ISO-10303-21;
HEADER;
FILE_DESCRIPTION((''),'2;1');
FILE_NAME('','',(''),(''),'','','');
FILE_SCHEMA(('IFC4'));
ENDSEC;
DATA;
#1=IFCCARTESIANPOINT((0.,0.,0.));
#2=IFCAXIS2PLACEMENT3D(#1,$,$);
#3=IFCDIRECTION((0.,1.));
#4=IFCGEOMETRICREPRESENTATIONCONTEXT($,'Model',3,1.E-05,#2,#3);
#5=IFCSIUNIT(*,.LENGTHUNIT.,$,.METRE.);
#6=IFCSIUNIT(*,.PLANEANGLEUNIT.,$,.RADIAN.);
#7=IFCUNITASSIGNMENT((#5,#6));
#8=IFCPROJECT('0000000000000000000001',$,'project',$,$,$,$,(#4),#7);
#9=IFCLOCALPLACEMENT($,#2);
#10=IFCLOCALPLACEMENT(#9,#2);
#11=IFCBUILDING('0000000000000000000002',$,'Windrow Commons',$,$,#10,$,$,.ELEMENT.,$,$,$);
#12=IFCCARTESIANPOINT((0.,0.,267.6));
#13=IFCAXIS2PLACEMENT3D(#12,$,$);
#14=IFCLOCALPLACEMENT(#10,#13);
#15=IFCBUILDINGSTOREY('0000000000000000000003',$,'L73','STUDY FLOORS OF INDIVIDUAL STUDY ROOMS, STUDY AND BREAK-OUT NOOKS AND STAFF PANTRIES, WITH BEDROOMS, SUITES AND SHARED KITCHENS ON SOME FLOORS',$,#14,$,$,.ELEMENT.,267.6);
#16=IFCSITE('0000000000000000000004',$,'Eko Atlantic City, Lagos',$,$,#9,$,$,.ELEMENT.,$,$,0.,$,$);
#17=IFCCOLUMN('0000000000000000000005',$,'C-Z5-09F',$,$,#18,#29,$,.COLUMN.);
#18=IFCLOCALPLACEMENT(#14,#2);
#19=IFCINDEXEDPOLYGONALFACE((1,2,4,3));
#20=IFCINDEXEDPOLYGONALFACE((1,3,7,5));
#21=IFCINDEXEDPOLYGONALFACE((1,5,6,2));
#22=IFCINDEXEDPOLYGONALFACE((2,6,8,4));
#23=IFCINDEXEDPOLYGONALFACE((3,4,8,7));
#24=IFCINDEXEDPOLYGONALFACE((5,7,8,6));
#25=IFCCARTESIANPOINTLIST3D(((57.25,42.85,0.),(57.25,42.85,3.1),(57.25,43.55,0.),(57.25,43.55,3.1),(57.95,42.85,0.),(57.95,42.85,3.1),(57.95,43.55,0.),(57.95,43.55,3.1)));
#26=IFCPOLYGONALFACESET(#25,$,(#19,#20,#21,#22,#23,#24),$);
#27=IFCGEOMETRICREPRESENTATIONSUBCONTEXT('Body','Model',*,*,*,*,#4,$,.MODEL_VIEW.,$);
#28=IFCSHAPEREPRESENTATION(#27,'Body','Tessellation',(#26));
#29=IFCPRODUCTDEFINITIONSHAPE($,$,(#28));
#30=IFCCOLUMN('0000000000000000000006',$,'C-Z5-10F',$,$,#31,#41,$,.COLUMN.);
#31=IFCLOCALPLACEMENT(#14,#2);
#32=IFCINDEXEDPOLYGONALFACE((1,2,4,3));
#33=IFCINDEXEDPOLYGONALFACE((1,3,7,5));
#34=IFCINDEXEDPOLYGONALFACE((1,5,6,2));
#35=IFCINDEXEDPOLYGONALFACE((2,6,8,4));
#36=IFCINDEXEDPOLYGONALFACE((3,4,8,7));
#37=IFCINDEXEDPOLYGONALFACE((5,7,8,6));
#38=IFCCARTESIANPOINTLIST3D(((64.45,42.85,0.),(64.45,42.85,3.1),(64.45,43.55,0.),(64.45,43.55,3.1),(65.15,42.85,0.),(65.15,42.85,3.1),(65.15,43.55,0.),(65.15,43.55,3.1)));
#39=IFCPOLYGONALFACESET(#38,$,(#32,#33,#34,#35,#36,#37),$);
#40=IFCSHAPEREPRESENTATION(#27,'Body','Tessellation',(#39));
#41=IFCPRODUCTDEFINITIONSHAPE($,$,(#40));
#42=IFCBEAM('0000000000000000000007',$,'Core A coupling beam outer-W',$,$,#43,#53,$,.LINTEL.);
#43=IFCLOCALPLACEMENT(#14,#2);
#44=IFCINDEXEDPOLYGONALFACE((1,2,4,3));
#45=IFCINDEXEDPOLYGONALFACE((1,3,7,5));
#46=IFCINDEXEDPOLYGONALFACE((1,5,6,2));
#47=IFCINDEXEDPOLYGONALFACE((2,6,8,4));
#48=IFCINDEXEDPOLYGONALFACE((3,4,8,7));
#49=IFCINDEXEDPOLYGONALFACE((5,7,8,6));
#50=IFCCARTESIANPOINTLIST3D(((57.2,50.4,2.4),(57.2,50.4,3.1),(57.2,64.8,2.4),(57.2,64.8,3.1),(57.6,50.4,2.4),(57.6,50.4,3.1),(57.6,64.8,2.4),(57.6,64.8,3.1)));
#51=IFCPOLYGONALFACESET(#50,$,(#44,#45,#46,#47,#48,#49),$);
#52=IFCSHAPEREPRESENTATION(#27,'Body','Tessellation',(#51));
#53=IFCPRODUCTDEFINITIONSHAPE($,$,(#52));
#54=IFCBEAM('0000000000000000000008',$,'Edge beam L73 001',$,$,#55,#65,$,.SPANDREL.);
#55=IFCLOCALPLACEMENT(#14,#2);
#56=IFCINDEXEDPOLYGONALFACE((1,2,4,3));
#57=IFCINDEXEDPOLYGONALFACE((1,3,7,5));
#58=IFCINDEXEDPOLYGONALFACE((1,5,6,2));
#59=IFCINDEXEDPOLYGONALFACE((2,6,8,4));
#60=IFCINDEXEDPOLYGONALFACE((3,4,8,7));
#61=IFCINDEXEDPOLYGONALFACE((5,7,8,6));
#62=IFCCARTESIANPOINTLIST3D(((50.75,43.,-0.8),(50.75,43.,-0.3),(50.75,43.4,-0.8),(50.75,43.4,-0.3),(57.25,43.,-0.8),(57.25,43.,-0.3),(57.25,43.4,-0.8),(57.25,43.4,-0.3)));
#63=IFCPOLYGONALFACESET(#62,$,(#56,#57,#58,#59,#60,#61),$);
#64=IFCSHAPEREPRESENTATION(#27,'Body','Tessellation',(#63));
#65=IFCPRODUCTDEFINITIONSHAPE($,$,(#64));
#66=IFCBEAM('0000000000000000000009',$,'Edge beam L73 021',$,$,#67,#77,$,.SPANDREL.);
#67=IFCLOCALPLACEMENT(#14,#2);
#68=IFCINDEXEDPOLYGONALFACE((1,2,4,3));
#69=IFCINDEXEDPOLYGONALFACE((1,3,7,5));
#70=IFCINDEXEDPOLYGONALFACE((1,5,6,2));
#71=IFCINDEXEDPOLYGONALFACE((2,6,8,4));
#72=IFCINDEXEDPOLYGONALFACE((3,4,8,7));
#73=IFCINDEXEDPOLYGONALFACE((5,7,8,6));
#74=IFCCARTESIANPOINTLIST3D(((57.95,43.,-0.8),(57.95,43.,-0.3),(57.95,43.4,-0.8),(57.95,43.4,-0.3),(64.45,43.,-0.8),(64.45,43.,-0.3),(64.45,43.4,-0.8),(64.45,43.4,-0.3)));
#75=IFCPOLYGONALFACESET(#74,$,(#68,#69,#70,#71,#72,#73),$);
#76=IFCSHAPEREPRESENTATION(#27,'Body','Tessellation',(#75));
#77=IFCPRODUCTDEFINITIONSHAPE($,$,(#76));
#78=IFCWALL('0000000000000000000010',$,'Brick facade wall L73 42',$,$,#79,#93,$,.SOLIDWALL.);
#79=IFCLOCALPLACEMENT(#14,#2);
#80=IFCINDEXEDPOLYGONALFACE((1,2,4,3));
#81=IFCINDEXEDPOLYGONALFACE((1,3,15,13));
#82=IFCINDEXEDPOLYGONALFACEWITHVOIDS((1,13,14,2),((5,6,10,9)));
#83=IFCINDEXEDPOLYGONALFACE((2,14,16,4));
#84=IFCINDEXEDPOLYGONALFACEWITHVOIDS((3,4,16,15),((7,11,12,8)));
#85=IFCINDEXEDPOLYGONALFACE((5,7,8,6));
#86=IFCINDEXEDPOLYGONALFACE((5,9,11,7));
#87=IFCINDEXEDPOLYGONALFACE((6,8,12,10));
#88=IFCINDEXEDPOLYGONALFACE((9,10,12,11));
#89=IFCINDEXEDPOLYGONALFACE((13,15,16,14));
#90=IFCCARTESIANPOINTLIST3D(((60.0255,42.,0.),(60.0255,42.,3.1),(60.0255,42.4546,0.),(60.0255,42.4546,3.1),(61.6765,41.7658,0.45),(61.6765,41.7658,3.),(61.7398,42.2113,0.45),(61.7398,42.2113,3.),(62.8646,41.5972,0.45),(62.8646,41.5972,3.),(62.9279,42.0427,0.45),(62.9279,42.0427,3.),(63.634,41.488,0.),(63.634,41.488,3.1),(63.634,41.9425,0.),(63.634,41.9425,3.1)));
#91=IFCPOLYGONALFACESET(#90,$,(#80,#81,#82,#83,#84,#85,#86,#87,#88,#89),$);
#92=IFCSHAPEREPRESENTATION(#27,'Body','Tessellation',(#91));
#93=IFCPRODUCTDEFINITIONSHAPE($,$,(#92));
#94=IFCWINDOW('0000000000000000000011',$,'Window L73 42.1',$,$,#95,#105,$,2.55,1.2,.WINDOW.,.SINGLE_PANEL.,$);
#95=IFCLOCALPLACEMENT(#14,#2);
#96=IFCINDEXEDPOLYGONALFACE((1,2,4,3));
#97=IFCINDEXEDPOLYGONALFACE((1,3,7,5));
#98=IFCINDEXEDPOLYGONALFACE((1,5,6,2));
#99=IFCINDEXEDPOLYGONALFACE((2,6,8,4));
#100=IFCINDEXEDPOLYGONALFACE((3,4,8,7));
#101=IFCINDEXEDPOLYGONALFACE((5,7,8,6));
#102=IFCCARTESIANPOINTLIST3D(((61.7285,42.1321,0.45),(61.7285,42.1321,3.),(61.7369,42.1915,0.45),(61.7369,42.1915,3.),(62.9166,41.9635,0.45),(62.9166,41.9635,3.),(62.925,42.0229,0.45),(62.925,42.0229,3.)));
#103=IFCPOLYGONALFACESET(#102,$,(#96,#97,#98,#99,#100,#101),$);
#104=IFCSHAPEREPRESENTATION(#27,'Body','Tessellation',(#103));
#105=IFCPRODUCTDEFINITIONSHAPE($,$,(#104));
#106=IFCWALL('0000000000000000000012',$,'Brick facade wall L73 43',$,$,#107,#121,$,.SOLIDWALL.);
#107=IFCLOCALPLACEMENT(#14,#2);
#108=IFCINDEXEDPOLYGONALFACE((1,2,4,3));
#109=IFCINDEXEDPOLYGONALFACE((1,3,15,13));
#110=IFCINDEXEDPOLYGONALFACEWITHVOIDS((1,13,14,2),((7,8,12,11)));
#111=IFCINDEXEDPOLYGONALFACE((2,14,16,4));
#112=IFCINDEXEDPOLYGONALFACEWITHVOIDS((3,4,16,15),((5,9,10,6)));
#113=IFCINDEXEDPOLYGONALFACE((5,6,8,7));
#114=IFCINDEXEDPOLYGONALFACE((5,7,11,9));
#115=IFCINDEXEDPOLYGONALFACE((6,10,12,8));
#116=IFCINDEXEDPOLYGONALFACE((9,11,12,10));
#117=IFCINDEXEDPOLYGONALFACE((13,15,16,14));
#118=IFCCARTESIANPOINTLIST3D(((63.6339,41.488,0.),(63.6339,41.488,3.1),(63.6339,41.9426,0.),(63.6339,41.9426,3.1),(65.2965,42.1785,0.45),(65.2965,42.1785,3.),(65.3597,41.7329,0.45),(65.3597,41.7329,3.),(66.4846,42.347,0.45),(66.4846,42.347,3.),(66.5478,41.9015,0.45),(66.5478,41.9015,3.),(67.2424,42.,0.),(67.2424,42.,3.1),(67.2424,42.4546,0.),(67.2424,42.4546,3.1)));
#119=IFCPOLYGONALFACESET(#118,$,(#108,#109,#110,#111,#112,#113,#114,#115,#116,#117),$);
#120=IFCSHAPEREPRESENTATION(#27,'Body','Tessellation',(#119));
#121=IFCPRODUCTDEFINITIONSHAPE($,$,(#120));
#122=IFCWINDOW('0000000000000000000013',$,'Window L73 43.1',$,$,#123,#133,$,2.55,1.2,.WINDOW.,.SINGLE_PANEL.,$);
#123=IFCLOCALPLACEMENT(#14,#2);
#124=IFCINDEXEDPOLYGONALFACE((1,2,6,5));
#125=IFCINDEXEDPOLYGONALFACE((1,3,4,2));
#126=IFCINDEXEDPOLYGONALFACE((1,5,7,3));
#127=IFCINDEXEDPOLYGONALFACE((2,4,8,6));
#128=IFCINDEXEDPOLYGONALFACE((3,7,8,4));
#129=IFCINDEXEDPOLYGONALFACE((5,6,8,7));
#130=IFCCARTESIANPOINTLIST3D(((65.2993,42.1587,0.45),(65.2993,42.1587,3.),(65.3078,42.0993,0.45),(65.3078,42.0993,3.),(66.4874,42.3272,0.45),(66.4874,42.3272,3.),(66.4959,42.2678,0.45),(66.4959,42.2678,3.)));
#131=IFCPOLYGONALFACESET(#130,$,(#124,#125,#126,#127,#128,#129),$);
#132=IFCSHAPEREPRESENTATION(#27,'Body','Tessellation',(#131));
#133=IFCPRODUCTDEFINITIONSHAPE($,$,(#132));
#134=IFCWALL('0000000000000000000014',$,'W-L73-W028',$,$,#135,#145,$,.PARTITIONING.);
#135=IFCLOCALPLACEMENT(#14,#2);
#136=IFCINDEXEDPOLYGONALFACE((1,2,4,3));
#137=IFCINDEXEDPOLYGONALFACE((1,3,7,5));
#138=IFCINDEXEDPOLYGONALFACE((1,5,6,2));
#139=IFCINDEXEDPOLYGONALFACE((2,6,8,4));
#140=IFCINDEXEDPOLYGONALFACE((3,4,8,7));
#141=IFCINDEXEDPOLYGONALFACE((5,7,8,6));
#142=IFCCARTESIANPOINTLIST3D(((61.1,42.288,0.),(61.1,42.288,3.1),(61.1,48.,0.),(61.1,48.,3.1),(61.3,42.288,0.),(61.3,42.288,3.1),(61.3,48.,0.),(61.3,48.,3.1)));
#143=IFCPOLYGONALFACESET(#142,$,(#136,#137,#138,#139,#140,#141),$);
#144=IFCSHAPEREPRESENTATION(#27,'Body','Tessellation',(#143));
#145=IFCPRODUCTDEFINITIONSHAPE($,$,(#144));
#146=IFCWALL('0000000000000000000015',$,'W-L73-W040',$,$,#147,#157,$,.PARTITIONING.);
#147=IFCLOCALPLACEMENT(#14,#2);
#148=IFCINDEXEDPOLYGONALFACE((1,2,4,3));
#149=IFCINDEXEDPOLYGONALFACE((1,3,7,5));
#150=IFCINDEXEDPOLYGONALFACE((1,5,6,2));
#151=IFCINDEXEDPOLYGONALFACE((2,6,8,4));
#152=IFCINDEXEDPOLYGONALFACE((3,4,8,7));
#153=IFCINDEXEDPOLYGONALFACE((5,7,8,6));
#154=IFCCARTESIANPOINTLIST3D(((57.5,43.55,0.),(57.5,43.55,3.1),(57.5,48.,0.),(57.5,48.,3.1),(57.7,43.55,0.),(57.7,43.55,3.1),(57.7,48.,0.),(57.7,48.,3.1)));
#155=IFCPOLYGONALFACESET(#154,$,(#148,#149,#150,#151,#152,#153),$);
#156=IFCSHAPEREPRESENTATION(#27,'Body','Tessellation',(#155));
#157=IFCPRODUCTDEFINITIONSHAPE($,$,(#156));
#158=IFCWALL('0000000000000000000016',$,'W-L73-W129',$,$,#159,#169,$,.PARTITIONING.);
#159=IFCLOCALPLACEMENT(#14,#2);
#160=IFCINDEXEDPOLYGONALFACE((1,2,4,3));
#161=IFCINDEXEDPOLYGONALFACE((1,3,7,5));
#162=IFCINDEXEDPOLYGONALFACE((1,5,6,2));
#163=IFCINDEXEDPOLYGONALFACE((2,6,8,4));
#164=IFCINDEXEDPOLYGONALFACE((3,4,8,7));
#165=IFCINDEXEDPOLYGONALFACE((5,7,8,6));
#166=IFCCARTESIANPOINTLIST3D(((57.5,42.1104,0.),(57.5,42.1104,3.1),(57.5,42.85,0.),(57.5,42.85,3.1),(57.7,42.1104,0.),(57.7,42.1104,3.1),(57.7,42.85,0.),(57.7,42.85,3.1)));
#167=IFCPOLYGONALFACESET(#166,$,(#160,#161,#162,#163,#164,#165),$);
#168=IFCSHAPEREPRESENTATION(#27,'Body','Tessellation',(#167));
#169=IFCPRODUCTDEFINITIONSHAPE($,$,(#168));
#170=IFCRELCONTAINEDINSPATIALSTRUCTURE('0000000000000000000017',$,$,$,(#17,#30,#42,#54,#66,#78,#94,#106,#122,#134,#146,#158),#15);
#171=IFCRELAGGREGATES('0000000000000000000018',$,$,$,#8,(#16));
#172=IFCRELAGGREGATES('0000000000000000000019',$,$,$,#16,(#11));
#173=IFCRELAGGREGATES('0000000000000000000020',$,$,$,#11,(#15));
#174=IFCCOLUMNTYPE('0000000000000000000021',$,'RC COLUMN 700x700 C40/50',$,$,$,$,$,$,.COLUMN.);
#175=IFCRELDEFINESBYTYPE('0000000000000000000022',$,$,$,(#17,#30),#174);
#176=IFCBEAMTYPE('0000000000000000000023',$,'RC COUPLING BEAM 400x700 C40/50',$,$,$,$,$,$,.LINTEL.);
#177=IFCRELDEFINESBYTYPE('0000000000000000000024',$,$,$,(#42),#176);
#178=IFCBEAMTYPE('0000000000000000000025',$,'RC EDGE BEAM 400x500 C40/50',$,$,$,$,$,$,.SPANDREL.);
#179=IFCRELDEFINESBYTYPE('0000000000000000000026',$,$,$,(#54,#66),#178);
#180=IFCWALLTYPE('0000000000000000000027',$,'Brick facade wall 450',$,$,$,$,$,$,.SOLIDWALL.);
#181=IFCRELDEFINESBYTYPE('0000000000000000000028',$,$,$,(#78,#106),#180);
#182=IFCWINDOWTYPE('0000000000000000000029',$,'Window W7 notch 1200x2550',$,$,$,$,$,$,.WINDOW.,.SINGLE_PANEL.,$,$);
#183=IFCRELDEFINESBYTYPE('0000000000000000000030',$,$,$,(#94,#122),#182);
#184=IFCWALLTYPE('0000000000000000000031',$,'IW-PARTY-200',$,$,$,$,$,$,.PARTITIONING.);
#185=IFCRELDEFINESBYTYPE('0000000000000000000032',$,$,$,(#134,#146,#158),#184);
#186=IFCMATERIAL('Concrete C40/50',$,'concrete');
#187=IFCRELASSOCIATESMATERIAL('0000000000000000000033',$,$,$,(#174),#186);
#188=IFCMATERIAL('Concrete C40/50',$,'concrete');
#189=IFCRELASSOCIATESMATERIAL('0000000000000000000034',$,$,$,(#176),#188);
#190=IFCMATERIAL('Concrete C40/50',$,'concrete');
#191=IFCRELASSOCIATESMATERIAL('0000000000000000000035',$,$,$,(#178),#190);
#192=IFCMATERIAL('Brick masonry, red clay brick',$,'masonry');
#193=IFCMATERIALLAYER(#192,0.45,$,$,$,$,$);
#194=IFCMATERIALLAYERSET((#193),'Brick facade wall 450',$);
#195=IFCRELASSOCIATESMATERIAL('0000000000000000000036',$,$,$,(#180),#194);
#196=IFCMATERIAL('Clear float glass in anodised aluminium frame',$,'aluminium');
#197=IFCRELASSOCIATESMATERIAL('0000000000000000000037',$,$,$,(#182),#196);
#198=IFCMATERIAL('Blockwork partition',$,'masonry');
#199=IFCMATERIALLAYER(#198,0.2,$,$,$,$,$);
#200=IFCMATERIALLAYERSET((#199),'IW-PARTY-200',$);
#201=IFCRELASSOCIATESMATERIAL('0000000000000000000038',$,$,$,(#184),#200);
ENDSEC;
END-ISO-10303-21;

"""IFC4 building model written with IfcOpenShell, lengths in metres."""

from ifc_helpers import new_model, si_unit, direction, frame, frame_2d, origin, origin_2d, place, context, subcontext, project, spatial, polyline, rectangle, outline, extrude, material, layer, layer_set, material_profile, profile_set, type_object, element, fill, save


model = new_model("IFC4")

# Units and contexts
model_context = context("Model", 3, precision=1e-05, world=origin(), true_north=direction((0.0, 1.0)))
body_context = subcontext(model_context, "Body", "Model", "MODEL_VIEW")
ifc_project = project(units=[si_unit("LENGTHUNIT", "METRE"), si_unit("PLANEANGLEUNIT", "RADIAN")], contexts=[model_context])

# Site, building, storey
site_placement = place(None, origin())
site = spatial("IfcSite", under=ifc_project, at=site_placement, Name="Eko Atlantic City, Lagos", CompositionType="ELEMENT", RefElevation=0.0)
building_placement = place(site_placement, origin())
building = spatial("IfcBuilding", under=site, at=building_placement, Name="Windrow Commons", CompositionType="ELEMENT")
storey_placement = place(building_placement, frame((0.0, 0.0, 267.6)))
storey = spatial("IfcBuildingStorey", under=building, at=storey_placement, Name="L73", Description="STUDY FLOORS OF INDIVIDUAL STUDY ROOMS, STUDY AND BREAK-OUT NOOKS AND STAFF PANTRIES, WITH BEDROOMS, SUITES AND SHARED KITCHENS ON SOME FLOORS", CompositionType="ELEMENT", Elevation=267.6)

# Columns
ifc_material_1 = material(Name="Concrete C40/50", Category="concrete")
ifc_material_profile_1 = material_profile(ifc_material_1, rectangle(XDim=0.7, YDim=0.7, at=origin_2d()))
ifc_profile_set_1 = profile_set([ifc_material_profile_1], Name="Concrete C40/50")
column_type = type_object("IfcColumnType", Name="RC COLUMN 700x700 C40/50", PredefinedType="COLUMN", material=ifc_profile_set_1)
for number, where, z_axis, x_axis, name in (
    (1, (57.6, 43.2, 0.0), (0.0, 0.0, 1.0), (1.0, 0.0, 0.0), "C-Z5-09F"),
    (2, (64.8, 43.2, 0.0), (0.0, 0.0, 1.0), (1.0, 0.0, 0.0), "C-Z5-10F"),
):
    element("IfcColumn", number, at=place(storey_placement, frame(where, z_axis=z_axis, x_axis=x_axis)), inside=storey, type_object=column_type, Name=name, PredefinedType="COLUMN", context=body_context, shape_type="SweptSolid", body=[
        extrude(rectangle(XDim=0.7, YDim=0.7, at=origin_2d()), origin(), (0.0, 0.0, 1.0), 3.1),
    ])

# Beams
ifc_material_2 = material(Name="Concrete C40/50", Category="concrete")
ifc_material_profile_2 = material_profile(ifc_material_2, rectangle(XDim=0.4, YDim=0.7, at=origin_2d()))
ifc_profile_set_2 = profile_set([ifc_material_profile_2], Name="Concrete C40/50")
beam_type_1 = type_object("IfcBeamType", Name="RC COUPLING BEAM 400x700 C40/50", PredefinedType="LINTEL", material=ifc_profile_set_2)
beam_placement = place(storey_placement, frame((57.4, 50.4, 2.75), z_axis=(0.0, 1.0, 0.0), x_axis=(-1.0, 0.0, 0.0)))
element("IfcBeam", 3, at=beam_placement, inside=storey, type_object=beam_type_1, Name="Core A coupling beam outer-W", PredefinedType="LINTEL", context=body_context, shape_type="SweptSolid", body=[
    extrude(rectangle(XDim=0.4, YDim=0.7, at=origin_2d()), origin(), (0.0, 0.0, 1.0), 14.4),
])
ifc_material_3 = material(Name="Concrete C40/50", Category="concrete")
ifc_material_profile_3 = material_profile(ifc_material_3, rectangle(XDim=0.4, YDim=0.5, at=origin_2d()))
ifc_profile_set_3 = profile_set([ifc_material_profile_3], Name="Concrete C40/50")
beam_type_2 = type_object("IfcBeamType", Name="RC EDGE BEAM 400x500 C40/50", PredefinedType="SPANDREL", material=ifc_profile_set_3)
for number, where, z_axis, x_axis, name in (
    (4, (57.25, 43.2, -0.55), (-1.0, 0.0, 0.0), (0.0, -1.0, 0.0), "Edge beam L73 001"),
    (5, (64.45, 43.2, -0.55), (-1.0, 0.0, 0.0), (0.0, -1.0, 0.0), "Edge beam L73 021"),
):
    element("IfcBeam", number, at=place(storey_placement, frame(where, z_axis=z_axis, x_axis=x_axis)), inside=storey, type_object=beam_type_2, Name=name, PredefinedType="SPANDREL", context=body_context, shape_type="SweptSolid", body=[
        extrude(rectangle(XDim=0.4, YDim=0.5, at=origin_2d()), origin(), (0.0, 0.0, 1.0), 6.5),
    ])

# Walls, openings, windows
ifc_material_4 = material(Name="Brick masonry, red clay brick", Category="masonry")
ifc_layer_1 = layer(ifc_material_4, 0.45)
ifc_layer_set_1 = layer_set([ifc_layer_1], Name="Brick facade wall 450")
wall_type_1 = type_object("IfcWallType", Name="Brick facade wall 450", PredefinedType="SOLIDWALL", material=ifc_layer_set_1)
wall_1_placement = place(storey_placement, frame((60.0255, 42.2273, 0.0), z_axis=(0.0, 0.0, 1.0), x_axis=(0.990083, -0.140484, 0.0)))
wall_1 = element("IfcWall", 6, at=wall_1_placement, inside=storey, type_object=wall_type_1, Name="Brick facade wall L73 42", PredefinedType="SOLIDWALL", context=body_context, shape_type="SweptSolid", body=[
    extrude(outline(polyline([(0.0319, -0.225), (3.6766, -0.225), (3.6127, 0.225), (-0.0319, 0.225), (0.0319, -0.225)])), origin(), (0.0, 0.0, 1.0), 3.1),
])
opening_1_placement = place(wall_1_placement, frame((1.6995, 0.0, 0.45)))
opening_1 = element("IfcOpeningElement", 7, at=opening_1_placement, cuts=wall_1, PredefinedType="OPENING", context=body_context, shape_type="SweptSolid", body=[
    extrude(rectangle(XDim=1.2, YDim=2.55, at=frame_2d((0.6, 1.275))), frame((0.0, 0.235, 0.0), z_axis=(0.0, -1.0, 0.0), x_axis=(1.0, 0.0, 0.0)), (0.0, 0.0, 1.0), 0.47),
])
ifc_material_5 = material(Name="Clear float glass in anodised aluminium frame", Category="aluminium")
window_type = type_object("IfcWindowType", Name="Window W7 notch 1200x2550", PartitioningType="SINGLE_PANEL", PredefinedType="WINDOW", material=ifc_material_5)
window_1_placement = place(opening_1_placement, origin())
window_1 = element("IfcWindow", 8, at=window_1_placement, inside=storey, type_object=window_type, Name="Window L73 42.1", OverallHeight=2.55, OverallWidth=1.2, PartitioningType="SINGLE_PANEL", PredefinedType="WINDOW", context=body_context, shape_type="SweptSolid", body=[
    extrude(rectangle(XDim=1.2, YDim=2.55, at=frame_2d((0.6, 1.275))), frame((0.0, 0.205, 0.0), z_axis=(0.0, -1.0, 0.0), x_axis=(1.0, 0.0, 0.0)), (0.0, 0.0, 1.0), 0.06),
])
fill(opening_1, window_1)
wall_2_placement = place(storey_placement, frame((63.6339, 41.7153, 0.0), z_axis=(0.0, 0.0, 1.0), x_axis=(0.990083, 0.14048, 0.0)))
wall_2 = element("IfcWall", 9, at=wall_2_placement, inside=storey, type_object=wall_type_1, Name="Brick facade wall L73 43", PredefinedType="SOLIDWALL", context=body_context, shape_type="SweptSolid", body=[
    extrude(outline(polyline([(-0.0319, -0.225), (3.6127, -0.225), (3.6766, 0.225), (0.0319, 0.225), (-0.0319, -0.225)])), origin(), (0.0, 0.0, 1.0), 3.1),
])
opening_2_placement = place(wall_2_placement, frame((1.7112, 0.0, 0.45)))
opening_2 = element("IfcOpeningElement", 10, at=opening_2_placement, cuts=wall_2, PredefinedType="OPENING", context=body_context, shape_type="SweptSolid", body=[
    extrude(rectangle(XDim=1.2, YDim=2.55, at=frame_2d((0.6, 1.275))), frame((0.0, 0.235, 0.0), z_axis=(0.0, -1.0, 0.0), x_axis=(1.0, 0.0, 0.0)), (0.0, 0.0, 1.0), 0.47),
])
window_2_placement = place(opening_2_placement, origin())
window_2 = element("IfcWindow", 11, at=window_2_placement, inside=storey, type_object=window_type, Name="Window L73 43.1", OverallHeight=2.55, OverallWidth=1.2, PartitioningType="SINGLE_PANEL", PredefinedType="WINDOW", context=body_context, shape_type="SweptSolid", body=[
    extrude(rectangle(XDim=1.2, YDim=2.55, at=frame_2d((0.6, 1.275))), frame((0.0, 0.205, 0.0), z_axis=(0.0, -1.0, 0.0), x_axis=(1.0, 0.0, 0.0)), (0.0, 0.0, 1.0), 0.06),
])
fill(opening_2, window_2)

# Walls
ifc_material_6 = material(Name="Blockwork partition", Category="masonry")
ifc_layer_2 = layer(ifc_material_6, 0.2)
ifc_layer_set_2 = layer_set([ifc_layer_2], Name="IW-PARTY-200")
wall_type_2 = type_object("IfcWallType", Name="IW-PARTY-200", PredefinedType="PARTITIONING", material=ifc_layer_set_2)
wall_3_placement = place(storey_placement, frame((61.2, 42.2879, 0.0), z_axis=(0.0, 0.0, 1.0), x_axis=(0.0, 1.0, 0.0)))
element("IfcWall", 12, at=wall_3_placement, inside=storey, type_object=wall_type_2, Name="W-L73-W028", PredefinedType="PARTITIONING", context=body_context, shape_type="SweptSolid", body=[
    extrude(rectangle(XDim=5.7121, YDim=0.2, at=frame_2d((2.8561, 0.0))), origin(), (0.0, 0.0, 1.0), 3.1),
])
wall_4_placement = place(storey_placement, frame((57.6, 43.55, 0.0), z_axis=(0.0, 0.0, 1.0), x_axis=(0.0, 1.0, 0.0)))
element("IfcWall", 13, at=wall_4_placement, inside=storey, type_object=wall_type_2, Name="W-L73-W040", PredefinedType="PARTITIONING", context=body_context, shape_type="SweptSolid", body=[
    extrude(rectangle(XDim=4.45, YDim=0.2, at=frame_2d((2.225, 0.0))), origin(), (0.0, 0.0, 1.0), 3.1),
])
wall_5_placement = place(storey_placement, frame((57.6, 42.1104, 0.0), z_axis=(0.0, 0.0, 1.0), x_axis=(0.0, 1.0, 0.0)))
element("IfcWall", 14, at=wall_5_placement, inside=storey, type_object=wall_type_2, Name="W-L73-W129", PredefinedType="PARTITIONING", context=body_context, shape_type="SweptSolid", body=[
    extrude(rectangle(XDim=0.7396, YDim=0.2, at=frame_2d((0.3698, 0.0))), origin(), (0.0, 0.0, 1.0), 3.1),
])

save(model, "model.ifc")
